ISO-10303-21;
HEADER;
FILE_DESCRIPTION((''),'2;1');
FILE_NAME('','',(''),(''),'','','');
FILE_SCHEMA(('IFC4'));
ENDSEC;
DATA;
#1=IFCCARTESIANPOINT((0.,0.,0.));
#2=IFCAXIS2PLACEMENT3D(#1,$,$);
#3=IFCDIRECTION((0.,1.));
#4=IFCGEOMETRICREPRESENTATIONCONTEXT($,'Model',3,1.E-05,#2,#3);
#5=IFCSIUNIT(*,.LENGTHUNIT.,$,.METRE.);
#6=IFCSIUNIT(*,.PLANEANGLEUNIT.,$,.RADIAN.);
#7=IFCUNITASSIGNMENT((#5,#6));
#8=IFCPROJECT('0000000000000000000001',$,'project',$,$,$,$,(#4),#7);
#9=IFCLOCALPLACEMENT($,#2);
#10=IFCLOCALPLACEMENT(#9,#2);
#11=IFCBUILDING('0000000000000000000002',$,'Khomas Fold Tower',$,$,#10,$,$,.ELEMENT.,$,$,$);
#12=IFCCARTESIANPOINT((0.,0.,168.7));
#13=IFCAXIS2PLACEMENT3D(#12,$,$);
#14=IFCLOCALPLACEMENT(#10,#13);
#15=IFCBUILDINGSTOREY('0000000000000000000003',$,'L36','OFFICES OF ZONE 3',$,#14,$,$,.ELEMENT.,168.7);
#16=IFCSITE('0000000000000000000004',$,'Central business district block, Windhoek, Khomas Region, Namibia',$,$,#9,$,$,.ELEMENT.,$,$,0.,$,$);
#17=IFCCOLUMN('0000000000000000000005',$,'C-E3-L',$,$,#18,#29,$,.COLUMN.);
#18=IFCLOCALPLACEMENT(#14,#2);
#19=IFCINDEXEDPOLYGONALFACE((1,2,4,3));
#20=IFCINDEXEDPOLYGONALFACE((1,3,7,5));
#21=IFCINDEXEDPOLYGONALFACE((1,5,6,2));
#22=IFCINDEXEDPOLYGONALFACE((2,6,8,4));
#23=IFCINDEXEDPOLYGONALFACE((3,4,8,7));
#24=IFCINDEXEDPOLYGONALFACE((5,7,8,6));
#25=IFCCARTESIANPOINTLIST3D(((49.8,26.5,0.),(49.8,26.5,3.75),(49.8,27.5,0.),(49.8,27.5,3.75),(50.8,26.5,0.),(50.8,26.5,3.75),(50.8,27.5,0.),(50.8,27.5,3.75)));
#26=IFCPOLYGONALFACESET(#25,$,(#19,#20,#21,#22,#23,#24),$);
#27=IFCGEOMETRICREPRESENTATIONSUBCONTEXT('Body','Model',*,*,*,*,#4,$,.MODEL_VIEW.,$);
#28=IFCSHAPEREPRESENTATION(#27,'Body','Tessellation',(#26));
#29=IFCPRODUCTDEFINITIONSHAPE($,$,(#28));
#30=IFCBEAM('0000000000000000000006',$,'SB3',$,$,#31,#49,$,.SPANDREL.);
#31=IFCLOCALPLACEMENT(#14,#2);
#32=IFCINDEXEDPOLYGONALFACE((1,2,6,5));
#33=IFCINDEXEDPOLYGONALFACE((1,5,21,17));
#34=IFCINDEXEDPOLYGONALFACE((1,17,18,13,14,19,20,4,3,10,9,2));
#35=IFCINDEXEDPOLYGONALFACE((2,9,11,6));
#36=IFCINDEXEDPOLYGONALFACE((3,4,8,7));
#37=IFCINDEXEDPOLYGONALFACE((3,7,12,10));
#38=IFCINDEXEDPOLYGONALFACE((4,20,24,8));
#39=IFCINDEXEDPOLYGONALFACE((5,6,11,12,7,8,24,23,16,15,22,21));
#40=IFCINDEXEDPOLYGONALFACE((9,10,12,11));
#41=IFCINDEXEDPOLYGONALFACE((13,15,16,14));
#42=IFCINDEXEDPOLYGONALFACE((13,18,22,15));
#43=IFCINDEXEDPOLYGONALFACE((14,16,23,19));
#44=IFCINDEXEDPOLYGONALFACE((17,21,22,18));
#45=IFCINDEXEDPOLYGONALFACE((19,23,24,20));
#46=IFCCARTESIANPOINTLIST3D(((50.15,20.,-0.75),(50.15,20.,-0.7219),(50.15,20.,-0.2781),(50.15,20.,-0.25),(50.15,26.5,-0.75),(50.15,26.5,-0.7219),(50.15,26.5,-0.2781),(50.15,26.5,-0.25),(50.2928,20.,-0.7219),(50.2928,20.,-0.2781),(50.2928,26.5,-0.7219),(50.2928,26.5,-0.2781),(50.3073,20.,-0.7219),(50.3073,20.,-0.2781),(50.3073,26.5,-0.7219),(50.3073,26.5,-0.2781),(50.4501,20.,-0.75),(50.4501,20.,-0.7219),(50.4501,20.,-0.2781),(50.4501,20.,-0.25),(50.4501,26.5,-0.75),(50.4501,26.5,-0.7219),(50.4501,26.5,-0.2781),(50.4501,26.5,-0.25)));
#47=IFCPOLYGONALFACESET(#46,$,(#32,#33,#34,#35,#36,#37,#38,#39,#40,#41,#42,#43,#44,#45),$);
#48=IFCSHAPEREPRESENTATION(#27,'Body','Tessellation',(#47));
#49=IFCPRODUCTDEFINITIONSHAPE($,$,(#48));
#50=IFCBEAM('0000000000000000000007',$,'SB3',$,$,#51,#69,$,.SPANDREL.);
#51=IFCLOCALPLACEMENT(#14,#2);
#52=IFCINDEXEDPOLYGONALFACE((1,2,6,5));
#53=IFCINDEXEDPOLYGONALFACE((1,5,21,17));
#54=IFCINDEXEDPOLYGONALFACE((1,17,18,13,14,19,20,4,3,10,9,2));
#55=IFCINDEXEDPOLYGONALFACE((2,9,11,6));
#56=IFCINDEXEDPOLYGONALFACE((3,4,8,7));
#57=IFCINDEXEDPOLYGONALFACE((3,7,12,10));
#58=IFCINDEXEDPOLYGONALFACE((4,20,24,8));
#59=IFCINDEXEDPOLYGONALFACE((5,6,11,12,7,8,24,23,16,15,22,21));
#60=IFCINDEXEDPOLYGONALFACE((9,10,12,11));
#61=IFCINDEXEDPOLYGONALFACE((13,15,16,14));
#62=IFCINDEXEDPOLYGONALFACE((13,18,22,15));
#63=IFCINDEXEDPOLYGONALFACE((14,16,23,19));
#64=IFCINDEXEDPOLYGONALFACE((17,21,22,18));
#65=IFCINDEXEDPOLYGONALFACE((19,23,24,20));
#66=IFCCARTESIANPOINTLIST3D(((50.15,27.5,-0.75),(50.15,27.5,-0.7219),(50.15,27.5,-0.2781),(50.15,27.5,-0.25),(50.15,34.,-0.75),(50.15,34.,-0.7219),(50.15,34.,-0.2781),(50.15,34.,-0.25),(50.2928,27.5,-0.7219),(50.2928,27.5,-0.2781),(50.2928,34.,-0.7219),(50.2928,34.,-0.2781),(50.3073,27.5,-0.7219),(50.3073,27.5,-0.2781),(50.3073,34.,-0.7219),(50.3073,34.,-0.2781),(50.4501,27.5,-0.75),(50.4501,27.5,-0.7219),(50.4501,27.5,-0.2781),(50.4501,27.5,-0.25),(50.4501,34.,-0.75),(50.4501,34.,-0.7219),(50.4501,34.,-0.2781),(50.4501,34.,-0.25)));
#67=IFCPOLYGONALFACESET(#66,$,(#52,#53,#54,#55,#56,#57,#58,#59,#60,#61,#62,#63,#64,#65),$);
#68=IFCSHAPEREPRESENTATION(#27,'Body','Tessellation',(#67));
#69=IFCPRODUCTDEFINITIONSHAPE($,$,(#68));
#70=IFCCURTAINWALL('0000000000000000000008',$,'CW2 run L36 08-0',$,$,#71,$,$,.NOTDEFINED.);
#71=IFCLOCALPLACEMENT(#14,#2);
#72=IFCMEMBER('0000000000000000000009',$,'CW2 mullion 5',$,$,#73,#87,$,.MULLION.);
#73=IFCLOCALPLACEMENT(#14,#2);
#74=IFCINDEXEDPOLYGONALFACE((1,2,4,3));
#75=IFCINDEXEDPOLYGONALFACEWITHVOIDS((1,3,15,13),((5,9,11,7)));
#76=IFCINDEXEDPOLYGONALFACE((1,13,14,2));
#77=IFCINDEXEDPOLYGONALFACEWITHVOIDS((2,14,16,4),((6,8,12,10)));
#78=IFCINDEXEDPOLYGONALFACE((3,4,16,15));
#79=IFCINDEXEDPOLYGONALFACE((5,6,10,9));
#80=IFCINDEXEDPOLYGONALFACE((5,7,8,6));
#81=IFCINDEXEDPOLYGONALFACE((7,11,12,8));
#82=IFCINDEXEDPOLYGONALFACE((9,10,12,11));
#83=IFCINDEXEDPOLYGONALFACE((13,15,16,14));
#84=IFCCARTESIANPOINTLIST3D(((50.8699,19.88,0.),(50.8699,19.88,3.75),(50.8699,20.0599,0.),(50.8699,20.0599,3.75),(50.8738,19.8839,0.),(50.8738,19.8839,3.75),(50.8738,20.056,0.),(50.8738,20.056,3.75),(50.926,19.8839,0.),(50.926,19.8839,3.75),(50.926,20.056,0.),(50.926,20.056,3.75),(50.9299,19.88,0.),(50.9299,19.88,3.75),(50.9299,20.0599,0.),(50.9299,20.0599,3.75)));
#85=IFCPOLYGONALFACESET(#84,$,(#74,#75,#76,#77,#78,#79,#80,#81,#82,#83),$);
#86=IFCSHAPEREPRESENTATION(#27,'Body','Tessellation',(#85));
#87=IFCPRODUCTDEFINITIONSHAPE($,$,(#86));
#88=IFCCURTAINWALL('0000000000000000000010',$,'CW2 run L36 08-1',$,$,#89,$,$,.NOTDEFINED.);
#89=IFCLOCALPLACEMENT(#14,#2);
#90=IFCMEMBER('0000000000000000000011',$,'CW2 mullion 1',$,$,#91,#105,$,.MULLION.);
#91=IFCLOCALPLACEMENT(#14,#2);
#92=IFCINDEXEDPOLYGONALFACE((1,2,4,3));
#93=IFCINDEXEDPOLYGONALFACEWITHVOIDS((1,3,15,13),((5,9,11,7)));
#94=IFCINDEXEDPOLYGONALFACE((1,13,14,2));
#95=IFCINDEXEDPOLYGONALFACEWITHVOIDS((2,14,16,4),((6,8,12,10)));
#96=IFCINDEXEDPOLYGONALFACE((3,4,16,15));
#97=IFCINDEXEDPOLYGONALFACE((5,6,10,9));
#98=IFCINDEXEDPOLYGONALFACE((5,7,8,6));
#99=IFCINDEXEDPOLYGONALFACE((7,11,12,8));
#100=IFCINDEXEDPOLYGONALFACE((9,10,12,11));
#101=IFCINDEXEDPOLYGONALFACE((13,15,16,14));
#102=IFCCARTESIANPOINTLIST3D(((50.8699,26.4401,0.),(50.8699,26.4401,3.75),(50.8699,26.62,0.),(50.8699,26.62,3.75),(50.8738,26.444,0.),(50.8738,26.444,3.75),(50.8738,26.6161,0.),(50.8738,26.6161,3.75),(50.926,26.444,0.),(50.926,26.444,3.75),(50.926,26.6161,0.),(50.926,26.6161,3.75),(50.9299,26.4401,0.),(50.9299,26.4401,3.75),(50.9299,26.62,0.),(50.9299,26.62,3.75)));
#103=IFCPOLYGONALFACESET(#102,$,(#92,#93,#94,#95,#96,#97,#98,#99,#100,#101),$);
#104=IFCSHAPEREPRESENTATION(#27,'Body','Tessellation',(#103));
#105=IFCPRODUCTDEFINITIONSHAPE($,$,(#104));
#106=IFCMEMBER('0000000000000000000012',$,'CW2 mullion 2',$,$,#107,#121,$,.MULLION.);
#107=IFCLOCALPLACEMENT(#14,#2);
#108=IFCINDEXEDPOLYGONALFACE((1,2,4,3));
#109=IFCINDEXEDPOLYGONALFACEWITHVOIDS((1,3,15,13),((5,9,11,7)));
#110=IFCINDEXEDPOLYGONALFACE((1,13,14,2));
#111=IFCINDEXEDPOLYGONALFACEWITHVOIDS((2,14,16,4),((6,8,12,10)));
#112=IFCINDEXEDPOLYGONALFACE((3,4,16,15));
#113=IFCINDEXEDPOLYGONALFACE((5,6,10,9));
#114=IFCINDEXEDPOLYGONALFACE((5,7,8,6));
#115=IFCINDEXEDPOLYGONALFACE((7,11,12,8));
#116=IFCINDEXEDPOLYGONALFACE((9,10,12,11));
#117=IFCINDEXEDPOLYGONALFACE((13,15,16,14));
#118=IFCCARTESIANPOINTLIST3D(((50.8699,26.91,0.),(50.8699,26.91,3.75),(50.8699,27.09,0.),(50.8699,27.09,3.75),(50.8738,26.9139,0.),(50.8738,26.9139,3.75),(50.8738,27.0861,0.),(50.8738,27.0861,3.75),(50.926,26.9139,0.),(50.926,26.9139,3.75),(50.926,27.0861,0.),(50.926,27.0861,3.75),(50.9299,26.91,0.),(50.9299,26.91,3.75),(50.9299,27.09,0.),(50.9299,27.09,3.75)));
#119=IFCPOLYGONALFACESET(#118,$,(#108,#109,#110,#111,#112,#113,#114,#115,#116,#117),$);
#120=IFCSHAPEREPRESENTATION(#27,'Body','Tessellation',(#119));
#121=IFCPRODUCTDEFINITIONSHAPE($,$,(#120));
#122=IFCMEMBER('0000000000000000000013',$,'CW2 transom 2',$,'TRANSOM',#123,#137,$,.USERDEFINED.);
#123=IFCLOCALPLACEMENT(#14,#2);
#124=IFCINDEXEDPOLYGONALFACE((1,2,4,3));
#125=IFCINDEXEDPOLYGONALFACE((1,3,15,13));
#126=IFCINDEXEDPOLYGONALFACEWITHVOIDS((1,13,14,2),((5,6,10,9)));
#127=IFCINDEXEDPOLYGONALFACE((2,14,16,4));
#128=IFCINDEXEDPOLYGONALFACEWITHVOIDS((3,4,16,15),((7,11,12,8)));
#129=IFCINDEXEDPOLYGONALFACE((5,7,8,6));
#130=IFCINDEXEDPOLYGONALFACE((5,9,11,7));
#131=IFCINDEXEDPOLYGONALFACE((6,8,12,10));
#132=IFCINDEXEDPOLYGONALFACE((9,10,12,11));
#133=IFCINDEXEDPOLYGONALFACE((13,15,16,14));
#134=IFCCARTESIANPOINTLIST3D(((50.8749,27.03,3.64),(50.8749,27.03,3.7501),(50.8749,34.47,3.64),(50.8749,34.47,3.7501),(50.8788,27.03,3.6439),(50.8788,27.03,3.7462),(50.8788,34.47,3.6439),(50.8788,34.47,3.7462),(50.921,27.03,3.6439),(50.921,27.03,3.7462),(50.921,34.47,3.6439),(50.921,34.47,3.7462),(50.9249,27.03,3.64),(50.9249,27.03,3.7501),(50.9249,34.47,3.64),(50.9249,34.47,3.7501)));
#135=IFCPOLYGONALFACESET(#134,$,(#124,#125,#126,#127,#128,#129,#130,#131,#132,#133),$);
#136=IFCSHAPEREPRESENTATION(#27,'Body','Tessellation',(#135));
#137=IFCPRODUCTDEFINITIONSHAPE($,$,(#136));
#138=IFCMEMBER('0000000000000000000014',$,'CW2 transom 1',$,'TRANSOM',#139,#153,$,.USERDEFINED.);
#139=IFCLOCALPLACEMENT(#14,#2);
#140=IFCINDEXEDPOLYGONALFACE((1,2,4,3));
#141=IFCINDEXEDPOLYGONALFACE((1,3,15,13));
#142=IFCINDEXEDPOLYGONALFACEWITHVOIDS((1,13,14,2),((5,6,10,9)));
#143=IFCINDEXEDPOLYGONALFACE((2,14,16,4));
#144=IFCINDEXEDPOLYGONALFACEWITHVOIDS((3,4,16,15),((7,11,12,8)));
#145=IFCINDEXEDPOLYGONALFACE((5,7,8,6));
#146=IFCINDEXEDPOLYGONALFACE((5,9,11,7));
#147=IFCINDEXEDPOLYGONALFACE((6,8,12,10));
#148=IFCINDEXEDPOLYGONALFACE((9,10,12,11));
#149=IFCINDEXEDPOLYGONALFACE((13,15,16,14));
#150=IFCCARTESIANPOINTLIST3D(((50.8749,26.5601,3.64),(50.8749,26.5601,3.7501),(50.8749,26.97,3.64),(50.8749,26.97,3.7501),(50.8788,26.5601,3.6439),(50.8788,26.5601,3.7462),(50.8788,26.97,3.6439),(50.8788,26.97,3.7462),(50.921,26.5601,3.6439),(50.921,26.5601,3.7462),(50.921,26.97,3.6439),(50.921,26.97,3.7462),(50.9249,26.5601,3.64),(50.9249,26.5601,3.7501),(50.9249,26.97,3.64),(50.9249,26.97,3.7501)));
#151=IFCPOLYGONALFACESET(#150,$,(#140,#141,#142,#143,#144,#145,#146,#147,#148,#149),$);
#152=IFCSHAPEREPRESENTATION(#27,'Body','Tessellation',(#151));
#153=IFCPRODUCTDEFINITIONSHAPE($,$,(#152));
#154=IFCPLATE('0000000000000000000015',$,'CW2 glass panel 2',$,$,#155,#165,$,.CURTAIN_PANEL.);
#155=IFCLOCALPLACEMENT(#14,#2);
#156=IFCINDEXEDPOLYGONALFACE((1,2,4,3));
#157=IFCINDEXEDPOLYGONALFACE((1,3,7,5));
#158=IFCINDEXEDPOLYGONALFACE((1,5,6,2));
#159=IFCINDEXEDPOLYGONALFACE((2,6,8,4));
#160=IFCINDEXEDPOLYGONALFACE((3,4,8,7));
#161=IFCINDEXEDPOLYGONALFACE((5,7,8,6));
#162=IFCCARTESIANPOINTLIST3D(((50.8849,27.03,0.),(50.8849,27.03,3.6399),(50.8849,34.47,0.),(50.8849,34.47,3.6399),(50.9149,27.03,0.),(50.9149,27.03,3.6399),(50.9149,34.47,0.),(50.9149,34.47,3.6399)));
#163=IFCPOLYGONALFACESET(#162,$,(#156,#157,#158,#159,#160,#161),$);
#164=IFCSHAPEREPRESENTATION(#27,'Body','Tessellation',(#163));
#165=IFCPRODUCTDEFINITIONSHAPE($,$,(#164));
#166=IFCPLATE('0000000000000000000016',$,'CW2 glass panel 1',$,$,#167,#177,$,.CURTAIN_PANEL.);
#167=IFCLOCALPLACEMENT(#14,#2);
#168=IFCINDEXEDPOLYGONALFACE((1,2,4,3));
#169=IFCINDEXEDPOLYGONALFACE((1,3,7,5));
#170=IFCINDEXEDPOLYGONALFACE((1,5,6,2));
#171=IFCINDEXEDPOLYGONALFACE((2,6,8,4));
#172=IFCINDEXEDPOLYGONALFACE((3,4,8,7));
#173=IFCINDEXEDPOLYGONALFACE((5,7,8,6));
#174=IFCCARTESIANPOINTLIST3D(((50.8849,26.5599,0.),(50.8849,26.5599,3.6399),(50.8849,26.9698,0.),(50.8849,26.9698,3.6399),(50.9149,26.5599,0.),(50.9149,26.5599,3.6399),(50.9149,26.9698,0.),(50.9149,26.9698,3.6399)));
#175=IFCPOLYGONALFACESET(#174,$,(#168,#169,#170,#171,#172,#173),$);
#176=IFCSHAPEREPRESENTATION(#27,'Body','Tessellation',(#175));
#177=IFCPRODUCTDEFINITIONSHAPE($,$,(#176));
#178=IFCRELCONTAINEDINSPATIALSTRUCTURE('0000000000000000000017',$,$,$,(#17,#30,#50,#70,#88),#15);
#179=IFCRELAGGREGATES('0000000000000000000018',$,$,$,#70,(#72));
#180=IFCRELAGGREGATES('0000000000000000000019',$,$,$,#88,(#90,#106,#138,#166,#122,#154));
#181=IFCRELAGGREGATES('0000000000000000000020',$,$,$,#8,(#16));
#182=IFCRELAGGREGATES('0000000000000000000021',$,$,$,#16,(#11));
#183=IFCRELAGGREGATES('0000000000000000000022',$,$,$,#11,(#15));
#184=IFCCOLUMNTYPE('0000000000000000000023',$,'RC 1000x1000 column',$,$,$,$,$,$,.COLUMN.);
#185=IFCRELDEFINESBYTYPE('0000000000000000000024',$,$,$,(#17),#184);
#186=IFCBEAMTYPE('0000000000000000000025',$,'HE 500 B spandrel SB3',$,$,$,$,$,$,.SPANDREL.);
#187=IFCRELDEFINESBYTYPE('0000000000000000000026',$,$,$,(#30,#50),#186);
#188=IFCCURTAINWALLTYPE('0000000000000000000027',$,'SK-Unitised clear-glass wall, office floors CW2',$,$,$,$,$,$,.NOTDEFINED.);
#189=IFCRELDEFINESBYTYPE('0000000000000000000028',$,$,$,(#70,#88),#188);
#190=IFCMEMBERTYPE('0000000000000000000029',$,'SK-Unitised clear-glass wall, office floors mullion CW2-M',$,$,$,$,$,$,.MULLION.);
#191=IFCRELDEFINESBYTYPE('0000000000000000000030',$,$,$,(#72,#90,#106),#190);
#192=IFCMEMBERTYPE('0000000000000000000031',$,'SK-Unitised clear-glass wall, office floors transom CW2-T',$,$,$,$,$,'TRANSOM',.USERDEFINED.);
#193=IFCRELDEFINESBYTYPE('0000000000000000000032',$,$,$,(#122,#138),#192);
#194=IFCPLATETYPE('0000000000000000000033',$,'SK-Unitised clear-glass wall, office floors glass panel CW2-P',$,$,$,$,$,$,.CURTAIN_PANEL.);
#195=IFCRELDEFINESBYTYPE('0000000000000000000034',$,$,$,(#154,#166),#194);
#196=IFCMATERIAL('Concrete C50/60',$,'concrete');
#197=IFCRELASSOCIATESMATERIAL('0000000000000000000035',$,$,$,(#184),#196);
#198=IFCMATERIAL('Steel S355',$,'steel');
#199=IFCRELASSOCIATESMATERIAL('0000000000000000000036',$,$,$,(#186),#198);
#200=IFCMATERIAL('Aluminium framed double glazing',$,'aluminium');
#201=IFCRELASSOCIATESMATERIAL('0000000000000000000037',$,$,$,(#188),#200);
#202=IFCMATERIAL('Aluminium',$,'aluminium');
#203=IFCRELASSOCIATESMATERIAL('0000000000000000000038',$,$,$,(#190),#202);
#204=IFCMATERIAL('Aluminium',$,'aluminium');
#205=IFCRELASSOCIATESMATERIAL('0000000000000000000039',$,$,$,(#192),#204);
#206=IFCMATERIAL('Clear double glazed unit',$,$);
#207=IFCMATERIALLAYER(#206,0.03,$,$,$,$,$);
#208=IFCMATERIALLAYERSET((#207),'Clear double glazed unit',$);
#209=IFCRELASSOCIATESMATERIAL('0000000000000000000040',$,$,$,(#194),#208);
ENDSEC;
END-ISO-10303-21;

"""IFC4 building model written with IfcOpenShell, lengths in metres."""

from ifc_helpers import new_model, si_unit, direction, frame, origin, origin_2d, place, context, subcontext, project, spatial, rectangle, hollow_rectangle, i_section, extrude, source, transform, mapped, material, layer, layer_set, material_profile, profile_set, type_object, element, aggregate, save


model = new_model("IFC4")

# Units and contexts
model_context = context("Model", 3, precision=1e-05, world=origin(), true_north=direction((0.0, 1.0)))
body_context = subcontext(model_context, "Body", "Model", "MODEL_VIEW")
ifc_project = project(units=[si_unit("LENGTHUNIT", "METRE"), si_unit("PLANEANGLEUNIT", "RADIAN")], contexts=[model_context])

# Site, building, storey
site_placement = place(None, origin())
site = spatial("IfcSite", under=ifc_project, at=site_placement, Name="Central business district block, Windhoek, Khomas Region, Namibia", CompositionType="ELEMENT", RefElevation=0.0)
building_placement = place(site_placement, origin())
building = spatial("IfcBuilding", under=site, at=building_placement, Name="Khomas Fold Tower", CompositionType="ELEMENT")
storey_placement = place(building_placement, frame((0.0, 0.0, 168.7)))
storey = spatial("IfcBuildingStorey", under=building, at=storey_placement, Name="L36", Description="OFFICES OF ZONE 3", CompositionType="ELEMENT", Elevation=168.7)

# Column
ifc_material_1 = material(Name="Concrete C50/60", Category="concrete")
ifc_material_profile_1 = material_profile(ifc_material_1, rectangle(XDim=1.0, YDim=1.0, at=origin_2d()), Name="RC 1000x1000")
ifc_profile_set_1 = profile_set([ifc_material_profile_1], Name="Concrete C50/60")
column_type = type_object("IfcColumnType", Name="RC 1000x1000 column", PredefinedType="COLUMN", material=ifc_profile_set_1)
shared_shape_1 = source(origin(), body_context, "Body", "SweptSolid", [
    extrude(rectangle(XDim=1.0, YDim=1.0, at=origin_2d()), origin(), (0.0, 0.0, 1.0), 3.75),
])
column_placement = place(storey_placement, frame((50.3, 27.0, 0.0), z_axis=(0.0, 0.0, 1.0), x_axis=(1.0, 0.0, 0.0)))
element("IfcColumn", 1, at=column_placement, inside=storey, type_object=column_type, Name="C-E3-L", PredefinedType="COLUMN", context=body_context, shape_type="MappedRepresentation", body=[
    mapped(shared_shape_1, transform((0.0, 0.0, 0.0))),
])

# Beams
ifc_material_2 = material(Name="Steel S355", Category="steel")
ifc_material_profile_2 = material_profile(ifc_material_2, i_section(OverallWidth=0.3, OverallDepth=0.5, WebThickness=0.0144, FlangeThickness=0.0281, at=origin_2d()), Name="HE 500 B")
ifc_profile_set_2 = profile_set([ifc_material_profile_2], Name="Steel S355")
beam_type = type_object("IfcBeamType", Name="HE 500 B spandrel SB3", PredefinedType="SPANDREL", material=ifc_profile_set_2)
shared_shape_2 = source(origin(), body_context, "Body", "SweptSolid", [
    extrude(i_section(OverallWidth=0.3, OverallDepth=0.5, WebThickness=0.0144, FlangeThickness=0.0281, at=origin_2d()), origin(), (0.0, 0.0, 1.0), 6.5),
])
for number, where, z_axis, x_axis, name in (
    (2, (50.3, 20.0, -0.5), (0.0, 1.0, 0.0), (-1.0, 0.0, 0.0), "SB3"),
    (3, (50.3, 27.5, -0.5), (0.0, 1.0, 0.0), (-1.0, 0.0, 0.0), "SB3"),
):
    element("IfcBeam", number, at=place(storey_placement, frame(where, z_axis=z_axis, x_axis=x_axis)), inside=storey, type_object=beam_type, Name=name, PredefinedType="SPANDREL", context=body_context, shape_type="MappedRepresentation", body=[
        mapped(shared_shape_2, transform((0.0, 0.0, 0.0))),
    ])

# Curtain wall, member
ifc_material_3 = material(Name="Aluminium framed double glazing", Category="aluminium")
curtain_wall_type = type_object("IfcCurtainWallType", Name="SK-Unitised clear-glass wall, office floors CW2", PredefinedType="NOTDEFINED", material=ifc_material_3)
curtain_wall_1_placement = place(storey_placement, origin())
curtain_wall_1 = element("IfcCurtainWall", 4, at=curtain_wall_1_placement, inside=storey, type_object=curtain_wall_type, Name="CW2 run L36 08-0", PredefinedType="NOTDEFINED")
ifc_material_4 = material(Name="Aluminium", Category="aluminium")
ifc_material_profile_3 = material_profile(ifc_material_4, hollow_rectangle(XDim=0.0601, YDim=0.1799, WallThickness=0.0039, at=origin_2d()), Name="SK-Unitised clear-glass wall, office floors mullion CW2-M")
ifc_profile_set_3 = profile_set([ifc_material_profile_3], Name="Aluminium")
member_type_1 = type_object("IfcMemberType", Name="SK-Unitised clear-glass wall, office floors mullion CW2-M", PredefinedType="MULLION", material=ifc_profile_set_3)
shared_shape_3 = source(origin(), body_context, "Body", "SweptSolid", [
    extrude(hollow_rectangle(XDim=0.0601, YDim=0.1799, WallThickness=0.0039, at=origin_2d()), origin(), (0.0, 0.0, 1.0), 3.75),
])
member_1_placement = place(storey_placement, frame((50.8999, 19.97, 0.0), z_axis=(0.0, 0.0, 1.0), x_axis=(-1.0, 0.0, 0.0)))
member_1 = element("IfcMember", 5, at=member_1_placement, type_object=member_type_1, Name="CW2 mullion 5", PredefinedType="MULLION", context=body_context, shape_type="MappedRepresentation", body=[
    mapped(shared_shape_3, transform((0.0, 0.0, 0.0))),
])
aggregate(curtain_wall_1, [member_1])

# Curtain wall, members, plates
curtain_wall_2_placement = place(storey_placement, origin())
curtain_wall_2 = element("IfcCurtainWall", 6, at=curtain_wall_2_placement, inside=storey, type_object=curtain_wall_type, Name="CW2 run L36 08-1", PredefinedType="NOTDEFINED")
member_2_placement = place(storey_placement, frame((50.8999, 26.53, 0.0), z_axis=(0.0, 0.0, 1.0), x_axis=(-1.0, 0.0, 0.0)))
member_2 = element("IfcMember", 7, at=member_2_placement, type_object=member_type_1, Name="CW2 mullion 1", PredefinedType="MULLION", context=body_context, shape_type="MappedRepresentation", body=[
    mapped(shared_shape_3, transform((0.0, 0.0, 0.0))),
])
member_3_placement = place(storey_placement, frame((50.8999, 27.0, 0.0), z_axis=(0.0, 0.0, 1.0), x_axis=(-1.0, 0.0, 0.0)))
member_3 = element("IfcMember", 8, at=member_3_placement, type_object=member_type_1, Name="CW2 mullion 2", PredefinedType="MULLION", context=body_context, shape_type="MappedRepresentation", body=[
    mapped(shared_shape_3, transform((0.0, 0.0, 0.0))),
])
ifc_material_5 = material(Name="Aluminium", Category="aluminium")
ifc_material_profile_4 = material_profile(ifc_material_5, hollow_rectangle(XDim=0.05, YDim=0.1101, WallThickness=0.0039, at=origin_2d()), Name="SK-Unitised clear-glass wall, office floors transom CW2-T")
ifc_profile_set_4 = profile_set([ifc_material_profile_4], Name="Aluminium")
member_type_2 = type_object("IfcMemberType", Name="SK-Unitised clear-glass wall, office floors transom CW2-T", ElementType="TRANSOM", PredefinedType="USERDEFINED", material=ifc_profile_set_4)
shared_shape_4 = source(origin(), body_context, "Body", "SweptSolid", [
    extrude(hollow_rectangle(XDim=0.05, YDim=0.1101, WallThickness=0.0039, at=origin_2d()), origin(), (0.0, 0.0, 1.0), 7.4399),
])
member_4_placement = place(storey_placement, frame((50.8999, 27.03, 3.6951), z_axis=(0.0, 1.0, 0.0), x_axis=(-1.0, 0.0, 0.0)))
member_4 = element("IfcMember", 9, at=member_4_placement, type_object=member_type_2, Name="CW2 transom 2", ObjectType="TRANSOM", PredefinedType="USERDEFINED", context=body_context, shape_type="MappedRepresentation", body=[
    mapped(shared_shape_4, transform((0.0, 0.0, 0.0))),
])
shared_shape_5 = source(origin(), body_context, "Body", "SweptSolid", [
    extrude(hollow_rectangle(XDim=0.05, YDim=0.1101, WallThickness=0.0039, at=origin_2d()), origin(), (0.0, 0.0, 1.0), 0.4099),
])
member_5_placement = place(storey_placement, frame((50.8999, 26.5601, 3.6951), z_axis=(0.0, 1.0, 0.0), x_axis=(-1.0, 0.0, 0.0)))
member_5 = element("IfcMember", 10, at=member_5_placement, type_object=member_type_2, Name="CW2 transom 1", ObjectType="TRANSOM", PredefinedType="USERDEFINED", context=body_context, shape_type="MappedRepresentation", body=[
    mapped(shared_shape_5, transform((0.0, 0.0, 0.0))),
])
ifc_material_6 = material(Name="Clear double glazed unit")
ifc_layer_1 = layer(ifc_material_6, 0.03)
ifc_layer_set_1 = layer_set([ifc_layer_1], Name="Clear double glazed unit")
plate_type = type_object("IfcPlateType", Name="SK-Unitised clear-glass wall, office floors glass panel CW2-P", PredefinedType="CURTAIN_PANEL", material=ifc_layer_set_1)
shared_shape_6 = source(origin(), body_context, "Body", "SweptSolid", [
    extrude(rectangle(XDim=7.4399, YDim=0.03, at=origin_2d()), origin(), (0.0, 0.0, 1.0), 3.6399),
])
plate_1_placement = place(storey_placement, frame((50.8999, 30.75, 0.0), z_axis=(0.0, 0.0, 1.0), x_axis=(0.0, 1.0, 0.0)))
plate_1 = element("IfcPlate", 11, at=plate_1_placement, type_object=plate_type, Name="CW2 glass panel 2", PredefinedType="CURTAIN_PANEL", context=body_context, shape_type="MappedRepresentation", body=[
    mapped(shared_shape_6, transform((0.0, 0.0, 0.0))),
])
shared_shape_7 = source(origin(), body_context, "Body", "SweptSolid", [
    extrude(rectangle(XDim=0.4099, YDim=0.03, at=origin_2d()), origin(), (0.0, 0.0, 1.0), 3.6399),
])
plate_2_placement = place(storey_placement, frame((50.8999, 26.7649, 0.0), z_axis=(0.0, 0.0, 1.0), x_axis=(0.0, 1.0, 0.0)))
plate_2 = element("IfcPlate", 12, at=plate_2_placement, type_object=plate_type, Name="CW2 glass panel 1", PredefinedType="CURTAIN_PANEL", context=body_context, shape_type="MappedRepresentation", body=[
    mapped(shared_shape_7, transform((0.0, 0.0, 0.0))),
])
aggregate(curtain_wall_2, [member_2, member_3, member_5, plate_2, member_4, plate_1])

save(model, "model.ifc")
